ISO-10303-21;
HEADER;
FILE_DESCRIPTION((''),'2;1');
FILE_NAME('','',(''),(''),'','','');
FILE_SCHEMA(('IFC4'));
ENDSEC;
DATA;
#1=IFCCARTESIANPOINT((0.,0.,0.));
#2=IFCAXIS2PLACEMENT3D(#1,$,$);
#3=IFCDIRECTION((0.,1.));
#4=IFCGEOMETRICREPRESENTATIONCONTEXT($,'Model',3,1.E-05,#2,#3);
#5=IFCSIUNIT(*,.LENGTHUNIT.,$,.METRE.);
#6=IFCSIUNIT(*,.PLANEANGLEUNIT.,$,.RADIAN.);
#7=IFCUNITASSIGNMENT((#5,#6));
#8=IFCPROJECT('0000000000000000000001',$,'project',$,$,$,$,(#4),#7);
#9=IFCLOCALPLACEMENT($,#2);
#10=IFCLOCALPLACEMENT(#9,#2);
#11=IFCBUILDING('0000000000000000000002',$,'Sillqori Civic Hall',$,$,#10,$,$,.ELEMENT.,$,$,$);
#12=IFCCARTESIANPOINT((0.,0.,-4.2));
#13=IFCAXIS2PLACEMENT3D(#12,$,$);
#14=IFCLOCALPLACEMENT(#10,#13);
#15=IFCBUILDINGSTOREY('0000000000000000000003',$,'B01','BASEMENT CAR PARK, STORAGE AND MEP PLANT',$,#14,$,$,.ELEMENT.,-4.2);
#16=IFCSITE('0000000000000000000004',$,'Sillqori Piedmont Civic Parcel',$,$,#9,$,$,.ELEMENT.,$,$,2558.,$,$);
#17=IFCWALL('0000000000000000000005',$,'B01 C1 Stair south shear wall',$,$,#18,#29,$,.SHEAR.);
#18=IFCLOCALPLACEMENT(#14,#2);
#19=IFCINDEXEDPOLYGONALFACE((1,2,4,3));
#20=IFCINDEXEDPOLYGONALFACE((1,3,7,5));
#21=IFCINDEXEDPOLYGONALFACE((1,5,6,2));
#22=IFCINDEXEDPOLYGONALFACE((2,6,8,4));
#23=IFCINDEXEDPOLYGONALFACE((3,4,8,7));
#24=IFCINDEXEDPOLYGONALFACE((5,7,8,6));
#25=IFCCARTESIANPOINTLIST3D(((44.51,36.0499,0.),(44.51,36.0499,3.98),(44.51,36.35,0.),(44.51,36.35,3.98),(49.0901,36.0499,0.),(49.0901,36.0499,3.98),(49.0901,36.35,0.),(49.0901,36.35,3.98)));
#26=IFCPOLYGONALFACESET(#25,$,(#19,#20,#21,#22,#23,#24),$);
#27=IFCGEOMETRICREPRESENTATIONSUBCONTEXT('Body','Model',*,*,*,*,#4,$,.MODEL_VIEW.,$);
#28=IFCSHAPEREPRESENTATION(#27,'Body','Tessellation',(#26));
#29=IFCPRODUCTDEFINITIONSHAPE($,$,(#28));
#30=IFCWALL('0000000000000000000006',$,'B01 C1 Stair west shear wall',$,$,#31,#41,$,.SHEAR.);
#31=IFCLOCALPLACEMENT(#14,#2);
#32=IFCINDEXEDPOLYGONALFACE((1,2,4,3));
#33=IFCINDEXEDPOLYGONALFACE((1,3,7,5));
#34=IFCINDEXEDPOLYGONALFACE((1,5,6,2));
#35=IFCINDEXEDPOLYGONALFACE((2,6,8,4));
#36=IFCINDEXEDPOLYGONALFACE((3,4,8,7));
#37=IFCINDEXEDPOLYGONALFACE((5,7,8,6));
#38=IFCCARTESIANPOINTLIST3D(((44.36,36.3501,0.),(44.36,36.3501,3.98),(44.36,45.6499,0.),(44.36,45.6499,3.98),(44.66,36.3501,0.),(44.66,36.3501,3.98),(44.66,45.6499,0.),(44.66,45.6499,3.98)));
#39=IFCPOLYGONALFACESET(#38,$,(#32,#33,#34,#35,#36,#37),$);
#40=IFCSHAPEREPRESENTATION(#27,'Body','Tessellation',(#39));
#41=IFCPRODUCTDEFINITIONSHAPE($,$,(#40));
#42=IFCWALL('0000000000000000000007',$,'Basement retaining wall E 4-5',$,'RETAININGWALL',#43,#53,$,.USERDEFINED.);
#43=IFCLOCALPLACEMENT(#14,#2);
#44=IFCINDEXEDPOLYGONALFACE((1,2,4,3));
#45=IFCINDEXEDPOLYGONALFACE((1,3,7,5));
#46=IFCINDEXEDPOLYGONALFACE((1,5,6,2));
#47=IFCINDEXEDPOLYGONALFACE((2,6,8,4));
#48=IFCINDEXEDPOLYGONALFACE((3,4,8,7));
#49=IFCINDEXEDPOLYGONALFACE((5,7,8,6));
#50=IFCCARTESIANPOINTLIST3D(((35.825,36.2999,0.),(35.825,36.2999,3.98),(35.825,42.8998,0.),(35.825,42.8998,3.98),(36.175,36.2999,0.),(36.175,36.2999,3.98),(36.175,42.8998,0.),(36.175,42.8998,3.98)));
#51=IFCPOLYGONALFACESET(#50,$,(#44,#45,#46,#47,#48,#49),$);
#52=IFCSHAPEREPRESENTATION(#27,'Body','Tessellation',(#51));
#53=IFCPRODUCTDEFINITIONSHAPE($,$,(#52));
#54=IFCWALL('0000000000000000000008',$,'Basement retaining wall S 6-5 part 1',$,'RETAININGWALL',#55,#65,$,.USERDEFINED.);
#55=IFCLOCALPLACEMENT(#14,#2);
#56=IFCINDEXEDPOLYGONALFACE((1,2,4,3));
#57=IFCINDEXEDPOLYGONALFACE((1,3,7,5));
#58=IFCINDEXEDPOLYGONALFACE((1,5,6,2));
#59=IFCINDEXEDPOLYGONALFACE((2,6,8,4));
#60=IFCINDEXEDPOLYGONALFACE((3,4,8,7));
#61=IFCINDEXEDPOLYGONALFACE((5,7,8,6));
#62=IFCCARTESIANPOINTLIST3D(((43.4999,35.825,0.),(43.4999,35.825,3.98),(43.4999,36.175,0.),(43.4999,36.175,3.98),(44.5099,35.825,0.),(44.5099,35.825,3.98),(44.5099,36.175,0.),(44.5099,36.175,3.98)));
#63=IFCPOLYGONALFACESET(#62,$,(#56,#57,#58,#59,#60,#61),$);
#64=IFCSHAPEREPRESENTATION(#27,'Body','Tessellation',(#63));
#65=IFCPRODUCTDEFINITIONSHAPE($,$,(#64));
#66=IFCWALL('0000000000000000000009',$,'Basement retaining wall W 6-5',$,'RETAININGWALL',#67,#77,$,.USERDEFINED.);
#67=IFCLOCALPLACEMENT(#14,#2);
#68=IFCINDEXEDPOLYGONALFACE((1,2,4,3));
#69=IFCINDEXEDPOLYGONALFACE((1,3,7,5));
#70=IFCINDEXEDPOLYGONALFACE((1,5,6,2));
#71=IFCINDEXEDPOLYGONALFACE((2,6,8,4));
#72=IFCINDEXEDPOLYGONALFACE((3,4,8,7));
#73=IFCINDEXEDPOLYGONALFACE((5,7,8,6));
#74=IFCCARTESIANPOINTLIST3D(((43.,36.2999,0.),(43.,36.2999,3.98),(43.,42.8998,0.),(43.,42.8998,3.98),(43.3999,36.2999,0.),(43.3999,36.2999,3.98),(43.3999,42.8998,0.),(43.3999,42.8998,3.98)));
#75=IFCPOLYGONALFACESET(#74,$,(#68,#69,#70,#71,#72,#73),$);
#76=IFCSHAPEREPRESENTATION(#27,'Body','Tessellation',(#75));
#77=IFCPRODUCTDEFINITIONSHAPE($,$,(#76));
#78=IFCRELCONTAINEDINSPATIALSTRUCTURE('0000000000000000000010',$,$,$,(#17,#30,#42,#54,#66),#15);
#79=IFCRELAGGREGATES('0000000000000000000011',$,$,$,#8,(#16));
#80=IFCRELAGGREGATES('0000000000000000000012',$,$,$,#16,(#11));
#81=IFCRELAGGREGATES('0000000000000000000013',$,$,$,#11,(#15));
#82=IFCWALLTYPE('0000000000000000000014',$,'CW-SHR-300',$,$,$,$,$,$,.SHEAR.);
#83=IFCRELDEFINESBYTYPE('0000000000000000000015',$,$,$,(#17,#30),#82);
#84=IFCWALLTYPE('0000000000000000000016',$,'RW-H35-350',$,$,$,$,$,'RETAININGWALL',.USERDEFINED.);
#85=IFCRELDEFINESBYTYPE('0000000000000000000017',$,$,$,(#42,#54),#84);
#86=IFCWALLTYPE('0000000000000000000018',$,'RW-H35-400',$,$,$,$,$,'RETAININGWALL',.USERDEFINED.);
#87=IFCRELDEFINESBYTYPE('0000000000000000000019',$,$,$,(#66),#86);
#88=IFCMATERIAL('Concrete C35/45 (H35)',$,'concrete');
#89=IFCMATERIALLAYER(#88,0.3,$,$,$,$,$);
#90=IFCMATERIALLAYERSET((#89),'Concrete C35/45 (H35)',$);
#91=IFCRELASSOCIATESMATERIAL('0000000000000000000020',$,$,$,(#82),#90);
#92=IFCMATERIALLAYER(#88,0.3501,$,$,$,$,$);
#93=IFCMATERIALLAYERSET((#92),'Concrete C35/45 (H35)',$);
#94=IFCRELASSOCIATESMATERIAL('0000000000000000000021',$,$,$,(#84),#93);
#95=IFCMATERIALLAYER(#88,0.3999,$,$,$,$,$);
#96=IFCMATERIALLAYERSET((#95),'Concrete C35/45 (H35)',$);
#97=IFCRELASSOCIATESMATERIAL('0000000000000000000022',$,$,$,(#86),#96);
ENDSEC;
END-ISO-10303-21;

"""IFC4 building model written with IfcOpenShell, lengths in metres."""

from ifc_helpers import new_model, si_unit, direction, frame, frame_2d, origin, place, context, subcontext, project, spatial, rectangle, extrude, material, layer, layer_set, type_object, element, save


model = new_model("IFC4")

# Units and contexts
model_context = context("Model", 3, precision=1e-05, world=origin(), true_north=direction((0.0, 1.0)))
body_context = subcontext(model_context, "Body", "Model", "MODEL_VIEW")
ifc_project = project(units=[si_unit("LENGTHUNIT", "METRE"), si_unit("PLANEANGLEUNIT", "RADIAN")], contexts=[model_context])

# Site, building, storey
site_placement = place(None, origin())
site = spatial("IfcSite", under=ifc_project, at=site_placement, Name="Sillqori Piedmont Civic Parcel", CompositionType="ELEMENT", RefElevation=2558.0)
building_placement = place(site_placement, origin())
building = spatial("IfcBuilding", under=site, at=building_placement, Name="Sillqori Civic Hall", CompositionType="ELEMENT")
storey_placement = place(building_placement, frame((0.0, 0.0, -4.2)))
storey = spatial("IfcBuildingStorey", under=building, at=storey_placement, Name="B01", Description="BASEMENT CAR PARK, STORAGE AND MEP PLANT", CompositionType="ELEMENT", Elevation=-4.2)

# Shared definitions
ifc_material_1 = material(Name="Concrete C35/45 (H35)", Category="concrete")

# Walls
ifc_layer_1 = layer(ifc_material_1, 0.3)
ifc_layer_set_1 = layer_set([ifc_layer_1], Name="Concrete C35/45 (H35)")
wall_type_1 = type_object("IfcWallType", Name="CW-SHR-300", PredefinedType="SHEAR", material=ifc_layer_set_1)
wall_1_placement = place(storey_placement, frame((44.51, 36.2, 0.0), z_axis=(0.0, 0.0, 1.0), x_axis=(1.0, 0.0, 0.0)))
element("IfcWall", 1, at=wall_1_placement, inside=storey, type_object=wall_type_1, Name="B01 C1 Stair south shear wall", PredefinedType="SHEAR", context=body_context, shape_type="SweptSolid", body=[
    extrude(rectangle(XDim=4.5801, YDim=0.3, at=frame_2d((2.29, 0.0))), origin(), (0.0, 0.0, 1.0), 3.98),
])
wall_2_placement = place(storey_placement, frame((44.51, 36.3501, 0.0), z_axis=(0.0, 0.0, 1.0), x_axis=(0.0, 1.0, 0.0)))
element("IfcWall", 2, at=wall_2_placement, inside=storey, type_object=wall_type_1, Name="B01 C1 Stair west shear wall", PredefinedType="SHEAR", context=body_context, shape_type="SweptSolid", body=[
    extrude(rectangle(XDim=9.2998, YDim=0.3, at=frame_2d((4.6499, 0.0))), origin(), (0.0, 0.0, 1.0), 3.98),
])
ifc_layer_2 = layer(ifc_material_1, 0.3501)
ifc_layer_set_2 = layer_set([ifc_layer_2], Name="Concrete C35/45 (H35)")
wall_type_2 = type_object("IfcWallType", Name="RW-H35-350", ElementType="RETAININGWALL", PredefinedType="USERDEFINED", material=ifc_layer_set_2)
wall_3_placement = place(storey_placement, frame((36.0, 36.3, 0.0), z_axis=(0.0, 0.0, 1.0), x_axis=(0.0, 1.0, 0.0)))
element("IfcWall", 3, at=wall_3_placement, inside=storey, type_object=wall_type_2, Name="Basement retaining wall E 4-5", ObjectType="RETAININGWALL", PredefinedType="USERDEFINED", context=body_context, shape_type="SweptSolid", body=[
    extrude(rectangle(XDim=6.5999, YDim=0.3501, at=frame_2d((3.2998, 0.0))), origin(), (0.0, 0.0, 1.0), 3.98),
])
wall_4_placement = place(storey_placement, frame((43.5, 36.0, 0.0), z_axis=(0.0, 0.0, 1.0), x_axis=(1.0, 0.0, 0.0)))
element("IfcWall", 4, at=wall_4_placement, inside=storey, type_object=wall_type_2, Name="Basement retaining wall S 6-5 part 1", ObjectType="RETAININGWALL", PredefinedType="USERDEFINED", context=body_context, shape_type="SweptSolid", body=[
    extrude(rectangle(XDim=1.01, YDim=0.3501, at=frame_2d((0.5049, 0.0))), origin(), (0.0, 0.0, 1.0), 3.98),
])
ifc_layer_3 = layer(ifc_material_1, 0.3999)
ifc_layer_set_3 = layer_set([ifc_layer_3], Name="Concrete C35/45 (H35)")
wall_type_3 = type_object("IfcWallType", Name="RW-H35-400", ElementType="RETAININGWALL", PredefinedType="USERDEFINED", material=ifc_layer_set_3)
wall_5_placement = place(storey_placement, frame((43.2, 36.3, 0.0), z_axis=(0.0, 0.0, 1.0), x_axis=(0.0, 1.0, 0.0)))
element("IfcWall", 5, at=wall_5_placement, inside=storey, type_object=wall_type_3, Name="Basement retaining wall W 6-5", ObjectType="RETAININGWALL", PredefinedType="USERDEFINED", context=body_context, shape_type="SweptSolid", body=[
    extrude(rectangle(XDim=6.5999, YDim=0.3999, at=frame_2d((3.2998, 0.0))), origin(), (0.0, 0.0, 1.0), 3.98),
])

save(model, "model.ifc")
